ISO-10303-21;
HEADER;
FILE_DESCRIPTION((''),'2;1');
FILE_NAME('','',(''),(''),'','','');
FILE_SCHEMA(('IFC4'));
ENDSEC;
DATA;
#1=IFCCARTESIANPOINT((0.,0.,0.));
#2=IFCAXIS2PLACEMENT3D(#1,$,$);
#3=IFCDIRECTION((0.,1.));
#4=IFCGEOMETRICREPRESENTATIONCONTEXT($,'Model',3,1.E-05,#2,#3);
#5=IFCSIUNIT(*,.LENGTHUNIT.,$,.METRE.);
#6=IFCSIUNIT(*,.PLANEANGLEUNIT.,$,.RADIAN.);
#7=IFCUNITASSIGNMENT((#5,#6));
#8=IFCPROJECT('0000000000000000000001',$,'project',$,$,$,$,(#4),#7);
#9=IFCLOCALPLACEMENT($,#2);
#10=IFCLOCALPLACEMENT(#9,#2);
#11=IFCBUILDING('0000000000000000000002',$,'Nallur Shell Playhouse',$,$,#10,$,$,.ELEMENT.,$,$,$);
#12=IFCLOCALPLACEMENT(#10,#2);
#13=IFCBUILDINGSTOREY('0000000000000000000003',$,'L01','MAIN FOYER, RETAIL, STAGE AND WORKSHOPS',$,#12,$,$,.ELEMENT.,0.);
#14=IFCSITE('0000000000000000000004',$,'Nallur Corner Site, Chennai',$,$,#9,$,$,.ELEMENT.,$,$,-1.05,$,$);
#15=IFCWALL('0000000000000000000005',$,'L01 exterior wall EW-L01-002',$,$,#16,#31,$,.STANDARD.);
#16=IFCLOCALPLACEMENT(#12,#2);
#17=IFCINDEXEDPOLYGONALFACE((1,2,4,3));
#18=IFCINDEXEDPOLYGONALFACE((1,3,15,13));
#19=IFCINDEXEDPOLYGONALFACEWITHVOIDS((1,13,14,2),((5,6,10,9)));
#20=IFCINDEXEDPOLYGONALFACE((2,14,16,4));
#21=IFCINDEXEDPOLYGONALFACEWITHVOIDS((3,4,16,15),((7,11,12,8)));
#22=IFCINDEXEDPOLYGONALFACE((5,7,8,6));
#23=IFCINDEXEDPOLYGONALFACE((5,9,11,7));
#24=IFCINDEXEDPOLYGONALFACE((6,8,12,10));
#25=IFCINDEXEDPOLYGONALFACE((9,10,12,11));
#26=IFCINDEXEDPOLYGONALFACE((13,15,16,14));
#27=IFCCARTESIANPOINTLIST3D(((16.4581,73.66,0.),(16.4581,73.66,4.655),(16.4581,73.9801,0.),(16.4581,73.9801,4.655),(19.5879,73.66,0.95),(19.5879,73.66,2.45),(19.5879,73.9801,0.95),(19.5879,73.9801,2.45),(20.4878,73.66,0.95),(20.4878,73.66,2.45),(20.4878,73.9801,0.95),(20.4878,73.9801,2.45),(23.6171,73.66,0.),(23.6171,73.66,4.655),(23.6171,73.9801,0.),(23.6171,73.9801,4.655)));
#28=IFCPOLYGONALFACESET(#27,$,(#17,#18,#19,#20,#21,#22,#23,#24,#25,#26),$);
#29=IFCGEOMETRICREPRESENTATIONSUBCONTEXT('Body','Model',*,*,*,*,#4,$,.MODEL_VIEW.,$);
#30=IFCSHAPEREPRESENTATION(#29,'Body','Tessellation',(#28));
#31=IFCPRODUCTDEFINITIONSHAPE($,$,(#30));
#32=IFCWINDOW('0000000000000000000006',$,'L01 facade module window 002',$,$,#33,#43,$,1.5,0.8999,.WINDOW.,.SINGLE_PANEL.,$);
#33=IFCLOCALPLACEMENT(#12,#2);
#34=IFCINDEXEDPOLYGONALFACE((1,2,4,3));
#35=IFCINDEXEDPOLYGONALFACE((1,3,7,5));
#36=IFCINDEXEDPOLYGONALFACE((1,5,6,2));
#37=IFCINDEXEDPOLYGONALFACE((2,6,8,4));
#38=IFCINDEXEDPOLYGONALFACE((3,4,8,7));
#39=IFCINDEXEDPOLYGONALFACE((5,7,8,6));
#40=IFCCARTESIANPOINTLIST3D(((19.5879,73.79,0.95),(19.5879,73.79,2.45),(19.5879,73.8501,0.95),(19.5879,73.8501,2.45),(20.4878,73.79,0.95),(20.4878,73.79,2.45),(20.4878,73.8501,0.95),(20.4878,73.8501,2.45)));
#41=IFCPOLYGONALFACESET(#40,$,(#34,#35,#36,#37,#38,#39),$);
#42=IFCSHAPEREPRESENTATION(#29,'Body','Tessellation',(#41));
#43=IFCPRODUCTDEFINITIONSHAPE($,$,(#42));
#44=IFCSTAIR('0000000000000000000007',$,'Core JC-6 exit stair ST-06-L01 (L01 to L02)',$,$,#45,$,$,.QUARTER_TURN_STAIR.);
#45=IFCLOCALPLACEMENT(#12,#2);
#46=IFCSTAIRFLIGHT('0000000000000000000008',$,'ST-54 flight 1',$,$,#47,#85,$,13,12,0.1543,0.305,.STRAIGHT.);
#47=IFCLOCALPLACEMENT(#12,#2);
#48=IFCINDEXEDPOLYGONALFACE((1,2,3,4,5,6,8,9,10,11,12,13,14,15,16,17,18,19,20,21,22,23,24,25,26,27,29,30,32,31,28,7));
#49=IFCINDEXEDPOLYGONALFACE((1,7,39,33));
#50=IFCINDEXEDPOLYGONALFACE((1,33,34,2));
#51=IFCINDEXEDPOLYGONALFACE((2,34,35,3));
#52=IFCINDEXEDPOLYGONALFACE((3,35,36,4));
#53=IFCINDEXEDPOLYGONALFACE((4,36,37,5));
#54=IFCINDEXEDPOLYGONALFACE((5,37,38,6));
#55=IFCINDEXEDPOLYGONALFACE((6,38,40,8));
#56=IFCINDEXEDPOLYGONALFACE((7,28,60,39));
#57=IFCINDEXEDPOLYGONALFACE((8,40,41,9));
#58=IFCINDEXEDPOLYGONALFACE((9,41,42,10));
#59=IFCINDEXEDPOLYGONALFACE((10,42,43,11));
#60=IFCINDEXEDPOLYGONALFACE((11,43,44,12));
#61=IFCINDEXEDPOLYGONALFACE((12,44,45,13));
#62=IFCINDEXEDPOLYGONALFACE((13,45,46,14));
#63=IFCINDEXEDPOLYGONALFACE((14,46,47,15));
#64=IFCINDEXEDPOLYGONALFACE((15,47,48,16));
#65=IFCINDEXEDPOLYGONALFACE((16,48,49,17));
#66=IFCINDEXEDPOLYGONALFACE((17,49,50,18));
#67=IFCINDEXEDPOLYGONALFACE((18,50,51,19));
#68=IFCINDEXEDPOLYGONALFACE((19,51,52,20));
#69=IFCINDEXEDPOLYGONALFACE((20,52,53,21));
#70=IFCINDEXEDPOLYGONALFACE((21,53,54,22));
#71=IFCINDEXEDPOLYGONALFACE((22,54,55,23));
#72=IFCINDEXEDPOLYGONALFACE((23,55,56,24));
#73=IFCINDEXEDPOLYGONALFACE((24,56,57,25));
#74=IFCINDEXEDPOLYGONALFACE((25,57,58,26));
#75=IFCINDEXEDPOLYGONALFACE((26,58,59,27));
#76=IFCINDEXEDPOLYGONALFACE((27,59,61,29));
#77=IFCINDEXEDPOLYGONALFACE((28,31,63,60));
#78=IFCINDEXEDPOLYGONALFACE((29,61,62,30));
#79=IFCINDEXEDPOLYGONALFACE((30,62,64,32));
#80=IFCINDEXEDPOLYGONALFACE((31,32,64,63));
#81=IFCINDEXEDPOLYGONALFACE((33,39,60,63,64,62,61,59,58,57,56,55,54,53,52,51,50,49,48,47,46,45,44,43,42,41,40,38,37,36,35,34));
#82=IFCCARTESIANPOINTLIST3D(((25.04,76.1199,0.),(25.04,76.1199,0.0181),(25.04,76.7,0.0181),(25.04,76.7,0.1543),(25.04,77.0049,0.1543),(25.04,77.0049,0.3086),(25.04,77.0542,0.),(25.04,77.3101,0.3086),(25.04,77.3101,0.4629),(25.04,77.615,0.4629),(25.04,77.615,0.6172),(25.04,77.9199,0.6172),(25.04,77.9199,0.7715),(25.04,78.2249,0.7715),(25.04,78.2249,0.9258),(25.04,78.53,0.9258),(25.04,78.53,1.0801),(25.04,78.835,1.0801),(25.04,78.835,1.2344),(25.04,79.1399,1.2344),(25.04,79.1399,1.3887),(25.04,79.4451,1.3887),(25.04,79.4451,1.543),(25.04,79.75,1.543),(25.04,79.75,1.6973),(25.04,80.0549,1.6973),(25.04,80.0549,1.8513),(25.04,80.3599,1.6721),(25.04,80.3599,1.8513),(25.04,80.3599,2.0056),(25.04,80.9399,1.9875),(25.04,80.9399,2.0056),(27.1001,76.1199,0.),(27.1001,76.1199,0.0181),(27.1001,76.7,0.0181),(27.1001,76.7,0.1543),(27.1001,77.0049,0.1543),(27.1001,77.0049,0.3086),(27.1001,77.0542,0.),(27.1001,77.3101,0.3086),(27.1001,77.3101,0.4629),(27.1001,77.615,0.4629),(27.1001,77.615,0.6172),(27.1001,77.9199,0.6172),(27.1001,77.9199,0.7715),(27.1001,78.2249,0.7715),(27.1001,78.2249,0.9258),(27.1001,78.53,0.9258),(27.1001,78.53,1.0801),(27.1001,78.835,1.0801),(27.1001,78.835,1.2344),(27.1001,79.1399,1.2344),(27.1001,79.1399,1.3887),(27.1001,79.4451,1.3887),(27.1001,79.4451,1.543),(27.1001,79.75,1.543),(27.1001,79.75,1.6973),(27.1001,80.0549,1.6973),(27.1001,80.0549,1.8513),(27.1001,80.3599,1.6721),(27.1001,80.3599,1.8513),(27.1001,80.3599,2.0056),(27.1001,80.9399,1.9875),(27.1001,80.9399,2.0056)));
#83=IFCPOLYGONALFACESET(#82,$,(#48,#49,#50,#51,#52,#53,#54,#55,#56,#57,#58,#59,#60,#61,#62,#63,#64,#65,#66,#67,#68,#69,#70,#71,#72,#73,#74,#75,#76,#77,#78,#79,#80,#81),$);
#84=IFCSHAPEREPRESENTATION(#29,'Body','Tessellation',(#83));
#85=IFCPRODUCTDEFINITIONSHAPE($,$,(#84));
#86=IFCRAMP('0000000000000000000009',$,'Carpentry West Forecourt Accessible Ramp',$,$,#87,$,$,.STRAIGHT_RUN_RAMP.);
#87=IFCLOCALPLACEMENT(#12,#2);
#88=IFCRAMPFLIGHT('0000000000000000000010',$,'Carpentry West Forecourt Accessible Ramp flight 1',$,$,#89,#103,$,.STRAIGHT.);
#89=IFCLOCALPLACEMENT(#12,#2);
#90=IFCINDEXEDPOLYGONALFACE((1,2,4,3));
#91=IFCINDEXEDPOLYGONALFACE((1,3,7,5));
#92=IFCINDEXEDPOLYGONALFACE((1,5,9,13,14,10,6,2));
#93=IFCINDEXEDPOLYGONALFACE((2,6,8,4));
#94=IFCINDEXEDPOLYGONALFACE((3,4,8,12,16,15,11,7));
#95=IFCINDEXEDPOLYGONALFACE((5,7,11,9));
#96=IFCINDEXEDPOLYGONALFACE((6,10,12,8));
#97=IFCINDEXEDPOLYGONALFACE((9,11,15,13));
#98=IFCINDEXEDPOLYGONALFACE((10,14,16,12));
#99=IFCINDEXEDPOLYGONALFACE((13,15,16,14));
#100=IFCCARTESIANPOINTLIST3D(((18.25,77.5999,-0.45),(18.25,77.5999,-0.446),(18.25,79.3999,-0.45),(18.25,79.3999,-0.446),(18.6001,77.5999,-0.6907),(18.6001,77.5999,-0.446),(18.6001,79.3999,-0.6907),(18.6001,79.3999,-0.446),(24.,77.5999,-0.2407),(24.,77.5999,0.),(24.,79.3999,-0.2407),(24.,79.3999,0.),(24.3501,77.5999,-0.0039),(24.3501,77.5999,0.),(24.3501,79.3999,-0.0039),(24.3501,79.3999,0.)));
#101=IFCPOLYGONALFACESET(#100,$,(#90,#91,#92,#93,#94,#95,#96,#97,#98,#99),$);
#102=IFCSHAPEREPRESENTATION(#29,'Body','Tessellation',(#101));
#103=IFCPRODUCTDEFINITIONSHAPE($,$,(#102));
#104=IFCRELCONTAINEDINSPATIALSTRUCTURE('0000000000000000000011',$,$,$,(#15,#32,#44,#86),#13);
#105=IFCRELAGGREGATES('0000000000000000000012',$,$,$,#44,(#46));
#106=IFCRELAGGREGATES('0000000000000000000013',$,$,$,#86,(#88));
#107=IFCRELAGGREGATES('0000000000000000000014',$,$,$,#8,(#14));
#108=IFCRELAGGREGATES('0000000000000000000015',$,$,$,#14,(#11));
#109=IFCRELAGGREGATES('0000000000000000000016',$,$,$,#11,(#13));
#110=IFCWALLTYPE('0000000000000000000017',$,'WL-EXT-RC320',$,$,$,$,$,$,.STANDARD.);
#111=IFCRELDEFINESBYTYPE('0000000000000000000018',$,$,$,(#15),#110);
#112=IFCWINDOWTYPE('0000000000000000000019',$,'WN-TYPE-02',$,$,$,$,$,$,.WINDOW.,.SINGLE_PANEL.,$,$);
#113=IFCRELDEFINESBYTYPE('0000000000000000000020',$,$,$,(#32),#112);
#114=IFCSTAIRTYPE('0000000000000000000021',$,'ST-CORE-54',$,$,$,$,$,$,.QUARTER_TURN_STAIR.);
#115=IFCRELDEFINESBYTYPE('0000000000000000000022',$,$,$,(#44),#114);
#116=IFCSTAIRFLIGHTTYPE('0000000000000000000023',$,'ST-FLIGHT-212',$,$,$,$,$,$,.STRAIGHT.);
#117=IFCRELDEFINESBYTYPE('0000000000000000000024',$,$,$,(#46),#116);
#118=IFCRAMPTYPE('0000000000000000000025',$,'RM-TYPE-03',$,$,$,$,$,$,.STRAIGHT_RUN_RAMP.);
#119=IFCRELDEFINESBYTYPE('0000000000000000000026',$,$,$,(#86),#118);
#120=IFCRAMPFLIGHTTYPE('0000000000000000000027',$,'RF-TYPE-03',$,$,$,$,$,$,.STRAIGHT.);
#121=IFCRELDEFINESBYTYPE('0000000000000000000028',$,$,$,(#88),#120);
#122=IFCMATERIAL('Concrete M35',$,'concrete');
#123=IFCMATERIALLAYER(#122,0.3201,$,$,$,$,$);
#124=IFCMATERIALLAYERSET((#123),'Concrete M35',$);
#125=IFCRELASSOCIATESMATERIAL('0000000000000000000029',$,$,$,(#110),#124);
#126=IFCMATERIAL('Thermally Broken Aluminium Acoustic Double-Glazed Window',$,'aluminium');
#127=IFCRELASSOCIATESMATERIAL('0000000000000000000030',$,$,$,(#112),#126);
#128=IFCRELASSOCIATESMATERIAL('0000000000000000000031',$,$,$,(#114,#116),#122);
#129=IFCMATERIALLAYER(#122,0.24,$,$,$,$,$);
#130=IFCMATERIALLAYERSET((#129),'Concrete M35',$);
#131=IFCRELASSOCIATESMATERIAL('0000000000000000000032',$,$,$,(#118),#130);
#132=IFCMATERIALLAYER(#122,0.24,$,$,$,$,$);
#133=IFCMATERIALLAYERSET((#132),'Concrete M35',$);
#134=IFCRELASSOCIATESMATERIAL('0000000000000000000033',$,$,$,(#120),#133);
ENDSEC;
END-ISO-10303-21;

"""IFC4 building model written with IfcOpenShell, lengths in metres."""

from ifc_helpers import new_model, si_unit, direction, frame, frame_2d, origin, place, context, subcontext, project, spatial, polyline, rectangle, outline, extrude, material, layer, layer_set, type_object, element, fill, aggregate, save


model = new_model("IFC4")

# Units and contexts
model_context = context("Model", 3, precision=1e-05, world=origin(), true_north=direction((0.0, 1.0)))
body_context = subcontext(model_context, "Body", "Model", "MODEL_VIEW")
ifc_project = project(units=[si_unit("LENGTHUNIT", "METRE"), si_unit("PLANEANGLEUNIT", "RADIAN")], contexts=[model_context])

# Site, building, storey
site_placement = place(None, origin())
site = spatial("IfcSite", under=ifc_project, at=site_placement, Name="Nallur Corner Site, Chennai", CompositionType="ELEMENT", RefElevation=-1.05)
building_placement = place(site_placement, origin())
building = spatial("IfcBuilding", under=site, at=building_placement, Name="Nallur Shell Playhouse", CompositionType="ELEMENT")
storey_placement = place(building_placement, origin())
storey = spatial("IfcBuildingStorey", under=building, at=storey_placement, Name="L01", Description="MAIN FOYER, RETAIL, STAGE AND WORKSHOPS", CompositionType="ELEMENT", Elevation=0.0)

# Shared definitions
ifc_material_1 = material(Name="Concrete M35", Category="concrete")

# Wall, opening, window
ifc_material_2 = material(Name="Thermally Broken Aluminium Acoustic Double-Glazed Window", Category="aluminium")
ifc_layer_1 = layer(ifc_material_1, 0.3201)
ifc_layer_set_1 = layer_set([ifc_layer_1], Name="Concrete M35")
wall_type_1 = type_object("IfcWallType", Name="WL-EXT-RC320", PredefinedType="STANDARD", material=ifc_layer_set_1)
wall_1_placement = place(storey_placement, frame((16.458, 73.8201, 0.0), z_axis=(0.0, 0.0, 1.0), x_axis=(1.0, 0.0, 0.0)))
wall_1 = element("IfcWall", 1, at=wall_1_placement, inside=storey, type_object=wall_type_1, Name="L01 exterior wall EW-L01-002", PredefinedType="STANDARD", context=body_context, shape_type="SweptSolid", body=[
    extrude(rectangle(XDim=7.1589, YDim=0.3201, at=frame_2d((3.5796, 0.0))), origin(), (0.0, 0.0, 1.0), 4.655),
])
opening_1_placement = place(wall_1_placement, frame((3.1299, 0.0, 0.95)))
opening_1 = element("IfcOpeningElement", 2, at=opening_1_placement, cuts=wall_1, PredefinedType="OPENING", context=body_context, shape_type="SweptSolid", body=[
    extrude(rectangle(XDim=0.8999, YDim=1.5, at=frame_2d((0.45, 0.75))), frame((0.0, 0.1699, 0.0), z_axis=(0.0, -1.0, 0.0), x_axis=(1.0, 0.0, 0.0)), (0.0, 0.0, 1.0), 0.3401),
])
window_type_1 = type_object("IfcWindowType", Name="WN-TYPE-02", PartitioningType="SINGLE_PANEL", PredefinedType="WINDOW", material=ifc_material_2)
window_1_placement = place(opening_1_placement, origin())
window_1 = element("IfcWindow", 3, at=window_1_placement, inside=storey, type_object=window_type_1, Name="L01 facade module window 002", OverallHeight=1.5, OverallWidth=0.8999, PartitioningType="SINGLE_PANEL", PredefinedType="WINDOW", context=body_context, shape_type="SweptSolid", body=[
    extrude(rectangle(XDim=0.8999, YDim=1.5, at=frame_2d((0.45, 0.75))), frame((0.0, 0.03, 0.0), z_axis=(0.0, -1.0, 0.0), x_axis=(1.0, 0.0, 0.0)), (0.0, 0.0, 1.0), 0.0601),
])
fill(opening_1, window_1)

# Stair, stair flight
stair_type = type_object("IfcStairType", Name="ST-CORE-54", PredefinedType="QUARTER_TURN_STAIR", material=ifc_material_1)
stair_placement = place(storey_placement, origin())
stair = element("IfcStair", 4, at=stair_placement, inside=storey, type_object=stair_type, Name="Core JC-6 exit stair ST-06-L01 (L01 to L02)", PredefinedType="QUARTER_TURN_STAIR")
stair_flight_type = type_object("IfcStairFlightType", Name="ST-FLIGHT-212", PredefinedType="STRAIGHT", material=ifc_material_1)
stair_flight_placement = place(storey_placement, frame((26.0701, 76.7, 0.0), z_axis=(0.0, 0.0, 1.0), x_axis=(0.0, 1.0, 0.0)))
stair_flight = element("IfcStairFlight", 5, at=stair_flight_placement, type_object=stair_flight_type, Name="ST-54 flight 1", NumberOfRisers=13, NumberOfTreads=12, PredefinedType="STRAIGHT", RiserHeight=0.1543, TreadLength=0.305, context=body_context, shape_type="SweptSolid", body=[
    extrude(outline(polyline([(-0.5801, 0.0), (-0.5801, 0.0181), (0.0, 0.0181), (0.0, 0.1543), (0.3049, 0.1543), (0.3049, 0.3086), (0.6101, 0.3086), (0.6101, 0.4629), (0.915, 0.4629), (0.915, 0.6172), (1.22, 0.6172), (1.22, 0.7715), (1.5249, 0.7715), (1.5249, 0.9258), (1.8301, 0.9258), (1.8301, 1.0801), (2.135, 1.0801), (2.135, 1.2344), (2.4399, 1.2344), (2.4399, 1.3887), (2.7451, 1.3887), (2.7451, 1.543), (3.05, 1.543), (3.05, 1.6973), (3.355, 1.6973), (3.355, 1.8513), (3.6599, 1.8513), (3.6599, 2.0056), (4.24, 2.0056), (4.24, 1.9875), (3.6599, 1.6721), (0.3542, 0.0), (-0.5801, 0.0)])), frame((0.0, 1.03, 0.0), z_axis=(0.0, -1.0, 0.0), x_axis=(1.0, 0.0, 0.0)), (0.0, 0.0, 1.0), 2.0601),
])
aggregate(stair, [stair_flight])

# Ramp, ramp flight
ifc_layer_2 = layer(ifc_material_1, 0.24)
ifc_layer_set_2 = layer_set([ifc_layer_2], Name="Concrete M35")
ramp_type = type_object("IfcRampType", Name="RM-TYPE-03", PredefinedType="STRAIGHT_RUN_RAMP", material=ifc_layer_set_2)
ramp_placement = place(storey_placement, origin())
ramp = element("IfcRamp", 6, at=ramp_placement, inside=storey, type_object=ramp_type, Name="Carpentry West Forecourt Accessible Ramp", PredefinedType="STRAIGHT_RUN_RAMP")
ifc_layer_3 = layer(ifc_material_1, 0.24)
ifc_layer_set_3 = layer_set([ifc_layer_3], Name="Concrete M35")
ramp_flight_type = type_object("IfcRampFlightType", Name="RF-TYPE-03", PredefinedType="STRAIGHT", material=ifc_layer_set_3)
ramp_flight_placement = place(storey_placement, frame((18.6001, 78.5, -0.45), z_axis=(0.0, 0.0, 1.0), x_axis=(1.0, 0.0, 0.0)))
ramp_flight = element("IfcRampFlight", 7, at=ramp_flight_placement, type_object=ramp_flight_type, Name="Carpentry West Forecourt Accessible Ramp flight 1", PredefinedType="STRAIGHT", context=body_context, shape_type="SweptSolid", body=[
    extrude(outline(polyline([(-0.3501, 0.0), (-0.3501, 0.0039), (0.0, 0.0039), (5.3999, 0.45), (5.75, 0.45), (5.75, 0.446), (5.3999, 0.2092), (0.0, -0.2407), (-0.3501, 0.0)])), frame((0.0, 0.8999, 0.0), z_axis=(0.0, -1.0, 0.0), x_axis=(1.0, 0.0, 0.0)), (0.0, 0.0, 1.0), 1.8),
])
aggregate(ramp, [ramp_flight])

save(model, "model.ifc")
